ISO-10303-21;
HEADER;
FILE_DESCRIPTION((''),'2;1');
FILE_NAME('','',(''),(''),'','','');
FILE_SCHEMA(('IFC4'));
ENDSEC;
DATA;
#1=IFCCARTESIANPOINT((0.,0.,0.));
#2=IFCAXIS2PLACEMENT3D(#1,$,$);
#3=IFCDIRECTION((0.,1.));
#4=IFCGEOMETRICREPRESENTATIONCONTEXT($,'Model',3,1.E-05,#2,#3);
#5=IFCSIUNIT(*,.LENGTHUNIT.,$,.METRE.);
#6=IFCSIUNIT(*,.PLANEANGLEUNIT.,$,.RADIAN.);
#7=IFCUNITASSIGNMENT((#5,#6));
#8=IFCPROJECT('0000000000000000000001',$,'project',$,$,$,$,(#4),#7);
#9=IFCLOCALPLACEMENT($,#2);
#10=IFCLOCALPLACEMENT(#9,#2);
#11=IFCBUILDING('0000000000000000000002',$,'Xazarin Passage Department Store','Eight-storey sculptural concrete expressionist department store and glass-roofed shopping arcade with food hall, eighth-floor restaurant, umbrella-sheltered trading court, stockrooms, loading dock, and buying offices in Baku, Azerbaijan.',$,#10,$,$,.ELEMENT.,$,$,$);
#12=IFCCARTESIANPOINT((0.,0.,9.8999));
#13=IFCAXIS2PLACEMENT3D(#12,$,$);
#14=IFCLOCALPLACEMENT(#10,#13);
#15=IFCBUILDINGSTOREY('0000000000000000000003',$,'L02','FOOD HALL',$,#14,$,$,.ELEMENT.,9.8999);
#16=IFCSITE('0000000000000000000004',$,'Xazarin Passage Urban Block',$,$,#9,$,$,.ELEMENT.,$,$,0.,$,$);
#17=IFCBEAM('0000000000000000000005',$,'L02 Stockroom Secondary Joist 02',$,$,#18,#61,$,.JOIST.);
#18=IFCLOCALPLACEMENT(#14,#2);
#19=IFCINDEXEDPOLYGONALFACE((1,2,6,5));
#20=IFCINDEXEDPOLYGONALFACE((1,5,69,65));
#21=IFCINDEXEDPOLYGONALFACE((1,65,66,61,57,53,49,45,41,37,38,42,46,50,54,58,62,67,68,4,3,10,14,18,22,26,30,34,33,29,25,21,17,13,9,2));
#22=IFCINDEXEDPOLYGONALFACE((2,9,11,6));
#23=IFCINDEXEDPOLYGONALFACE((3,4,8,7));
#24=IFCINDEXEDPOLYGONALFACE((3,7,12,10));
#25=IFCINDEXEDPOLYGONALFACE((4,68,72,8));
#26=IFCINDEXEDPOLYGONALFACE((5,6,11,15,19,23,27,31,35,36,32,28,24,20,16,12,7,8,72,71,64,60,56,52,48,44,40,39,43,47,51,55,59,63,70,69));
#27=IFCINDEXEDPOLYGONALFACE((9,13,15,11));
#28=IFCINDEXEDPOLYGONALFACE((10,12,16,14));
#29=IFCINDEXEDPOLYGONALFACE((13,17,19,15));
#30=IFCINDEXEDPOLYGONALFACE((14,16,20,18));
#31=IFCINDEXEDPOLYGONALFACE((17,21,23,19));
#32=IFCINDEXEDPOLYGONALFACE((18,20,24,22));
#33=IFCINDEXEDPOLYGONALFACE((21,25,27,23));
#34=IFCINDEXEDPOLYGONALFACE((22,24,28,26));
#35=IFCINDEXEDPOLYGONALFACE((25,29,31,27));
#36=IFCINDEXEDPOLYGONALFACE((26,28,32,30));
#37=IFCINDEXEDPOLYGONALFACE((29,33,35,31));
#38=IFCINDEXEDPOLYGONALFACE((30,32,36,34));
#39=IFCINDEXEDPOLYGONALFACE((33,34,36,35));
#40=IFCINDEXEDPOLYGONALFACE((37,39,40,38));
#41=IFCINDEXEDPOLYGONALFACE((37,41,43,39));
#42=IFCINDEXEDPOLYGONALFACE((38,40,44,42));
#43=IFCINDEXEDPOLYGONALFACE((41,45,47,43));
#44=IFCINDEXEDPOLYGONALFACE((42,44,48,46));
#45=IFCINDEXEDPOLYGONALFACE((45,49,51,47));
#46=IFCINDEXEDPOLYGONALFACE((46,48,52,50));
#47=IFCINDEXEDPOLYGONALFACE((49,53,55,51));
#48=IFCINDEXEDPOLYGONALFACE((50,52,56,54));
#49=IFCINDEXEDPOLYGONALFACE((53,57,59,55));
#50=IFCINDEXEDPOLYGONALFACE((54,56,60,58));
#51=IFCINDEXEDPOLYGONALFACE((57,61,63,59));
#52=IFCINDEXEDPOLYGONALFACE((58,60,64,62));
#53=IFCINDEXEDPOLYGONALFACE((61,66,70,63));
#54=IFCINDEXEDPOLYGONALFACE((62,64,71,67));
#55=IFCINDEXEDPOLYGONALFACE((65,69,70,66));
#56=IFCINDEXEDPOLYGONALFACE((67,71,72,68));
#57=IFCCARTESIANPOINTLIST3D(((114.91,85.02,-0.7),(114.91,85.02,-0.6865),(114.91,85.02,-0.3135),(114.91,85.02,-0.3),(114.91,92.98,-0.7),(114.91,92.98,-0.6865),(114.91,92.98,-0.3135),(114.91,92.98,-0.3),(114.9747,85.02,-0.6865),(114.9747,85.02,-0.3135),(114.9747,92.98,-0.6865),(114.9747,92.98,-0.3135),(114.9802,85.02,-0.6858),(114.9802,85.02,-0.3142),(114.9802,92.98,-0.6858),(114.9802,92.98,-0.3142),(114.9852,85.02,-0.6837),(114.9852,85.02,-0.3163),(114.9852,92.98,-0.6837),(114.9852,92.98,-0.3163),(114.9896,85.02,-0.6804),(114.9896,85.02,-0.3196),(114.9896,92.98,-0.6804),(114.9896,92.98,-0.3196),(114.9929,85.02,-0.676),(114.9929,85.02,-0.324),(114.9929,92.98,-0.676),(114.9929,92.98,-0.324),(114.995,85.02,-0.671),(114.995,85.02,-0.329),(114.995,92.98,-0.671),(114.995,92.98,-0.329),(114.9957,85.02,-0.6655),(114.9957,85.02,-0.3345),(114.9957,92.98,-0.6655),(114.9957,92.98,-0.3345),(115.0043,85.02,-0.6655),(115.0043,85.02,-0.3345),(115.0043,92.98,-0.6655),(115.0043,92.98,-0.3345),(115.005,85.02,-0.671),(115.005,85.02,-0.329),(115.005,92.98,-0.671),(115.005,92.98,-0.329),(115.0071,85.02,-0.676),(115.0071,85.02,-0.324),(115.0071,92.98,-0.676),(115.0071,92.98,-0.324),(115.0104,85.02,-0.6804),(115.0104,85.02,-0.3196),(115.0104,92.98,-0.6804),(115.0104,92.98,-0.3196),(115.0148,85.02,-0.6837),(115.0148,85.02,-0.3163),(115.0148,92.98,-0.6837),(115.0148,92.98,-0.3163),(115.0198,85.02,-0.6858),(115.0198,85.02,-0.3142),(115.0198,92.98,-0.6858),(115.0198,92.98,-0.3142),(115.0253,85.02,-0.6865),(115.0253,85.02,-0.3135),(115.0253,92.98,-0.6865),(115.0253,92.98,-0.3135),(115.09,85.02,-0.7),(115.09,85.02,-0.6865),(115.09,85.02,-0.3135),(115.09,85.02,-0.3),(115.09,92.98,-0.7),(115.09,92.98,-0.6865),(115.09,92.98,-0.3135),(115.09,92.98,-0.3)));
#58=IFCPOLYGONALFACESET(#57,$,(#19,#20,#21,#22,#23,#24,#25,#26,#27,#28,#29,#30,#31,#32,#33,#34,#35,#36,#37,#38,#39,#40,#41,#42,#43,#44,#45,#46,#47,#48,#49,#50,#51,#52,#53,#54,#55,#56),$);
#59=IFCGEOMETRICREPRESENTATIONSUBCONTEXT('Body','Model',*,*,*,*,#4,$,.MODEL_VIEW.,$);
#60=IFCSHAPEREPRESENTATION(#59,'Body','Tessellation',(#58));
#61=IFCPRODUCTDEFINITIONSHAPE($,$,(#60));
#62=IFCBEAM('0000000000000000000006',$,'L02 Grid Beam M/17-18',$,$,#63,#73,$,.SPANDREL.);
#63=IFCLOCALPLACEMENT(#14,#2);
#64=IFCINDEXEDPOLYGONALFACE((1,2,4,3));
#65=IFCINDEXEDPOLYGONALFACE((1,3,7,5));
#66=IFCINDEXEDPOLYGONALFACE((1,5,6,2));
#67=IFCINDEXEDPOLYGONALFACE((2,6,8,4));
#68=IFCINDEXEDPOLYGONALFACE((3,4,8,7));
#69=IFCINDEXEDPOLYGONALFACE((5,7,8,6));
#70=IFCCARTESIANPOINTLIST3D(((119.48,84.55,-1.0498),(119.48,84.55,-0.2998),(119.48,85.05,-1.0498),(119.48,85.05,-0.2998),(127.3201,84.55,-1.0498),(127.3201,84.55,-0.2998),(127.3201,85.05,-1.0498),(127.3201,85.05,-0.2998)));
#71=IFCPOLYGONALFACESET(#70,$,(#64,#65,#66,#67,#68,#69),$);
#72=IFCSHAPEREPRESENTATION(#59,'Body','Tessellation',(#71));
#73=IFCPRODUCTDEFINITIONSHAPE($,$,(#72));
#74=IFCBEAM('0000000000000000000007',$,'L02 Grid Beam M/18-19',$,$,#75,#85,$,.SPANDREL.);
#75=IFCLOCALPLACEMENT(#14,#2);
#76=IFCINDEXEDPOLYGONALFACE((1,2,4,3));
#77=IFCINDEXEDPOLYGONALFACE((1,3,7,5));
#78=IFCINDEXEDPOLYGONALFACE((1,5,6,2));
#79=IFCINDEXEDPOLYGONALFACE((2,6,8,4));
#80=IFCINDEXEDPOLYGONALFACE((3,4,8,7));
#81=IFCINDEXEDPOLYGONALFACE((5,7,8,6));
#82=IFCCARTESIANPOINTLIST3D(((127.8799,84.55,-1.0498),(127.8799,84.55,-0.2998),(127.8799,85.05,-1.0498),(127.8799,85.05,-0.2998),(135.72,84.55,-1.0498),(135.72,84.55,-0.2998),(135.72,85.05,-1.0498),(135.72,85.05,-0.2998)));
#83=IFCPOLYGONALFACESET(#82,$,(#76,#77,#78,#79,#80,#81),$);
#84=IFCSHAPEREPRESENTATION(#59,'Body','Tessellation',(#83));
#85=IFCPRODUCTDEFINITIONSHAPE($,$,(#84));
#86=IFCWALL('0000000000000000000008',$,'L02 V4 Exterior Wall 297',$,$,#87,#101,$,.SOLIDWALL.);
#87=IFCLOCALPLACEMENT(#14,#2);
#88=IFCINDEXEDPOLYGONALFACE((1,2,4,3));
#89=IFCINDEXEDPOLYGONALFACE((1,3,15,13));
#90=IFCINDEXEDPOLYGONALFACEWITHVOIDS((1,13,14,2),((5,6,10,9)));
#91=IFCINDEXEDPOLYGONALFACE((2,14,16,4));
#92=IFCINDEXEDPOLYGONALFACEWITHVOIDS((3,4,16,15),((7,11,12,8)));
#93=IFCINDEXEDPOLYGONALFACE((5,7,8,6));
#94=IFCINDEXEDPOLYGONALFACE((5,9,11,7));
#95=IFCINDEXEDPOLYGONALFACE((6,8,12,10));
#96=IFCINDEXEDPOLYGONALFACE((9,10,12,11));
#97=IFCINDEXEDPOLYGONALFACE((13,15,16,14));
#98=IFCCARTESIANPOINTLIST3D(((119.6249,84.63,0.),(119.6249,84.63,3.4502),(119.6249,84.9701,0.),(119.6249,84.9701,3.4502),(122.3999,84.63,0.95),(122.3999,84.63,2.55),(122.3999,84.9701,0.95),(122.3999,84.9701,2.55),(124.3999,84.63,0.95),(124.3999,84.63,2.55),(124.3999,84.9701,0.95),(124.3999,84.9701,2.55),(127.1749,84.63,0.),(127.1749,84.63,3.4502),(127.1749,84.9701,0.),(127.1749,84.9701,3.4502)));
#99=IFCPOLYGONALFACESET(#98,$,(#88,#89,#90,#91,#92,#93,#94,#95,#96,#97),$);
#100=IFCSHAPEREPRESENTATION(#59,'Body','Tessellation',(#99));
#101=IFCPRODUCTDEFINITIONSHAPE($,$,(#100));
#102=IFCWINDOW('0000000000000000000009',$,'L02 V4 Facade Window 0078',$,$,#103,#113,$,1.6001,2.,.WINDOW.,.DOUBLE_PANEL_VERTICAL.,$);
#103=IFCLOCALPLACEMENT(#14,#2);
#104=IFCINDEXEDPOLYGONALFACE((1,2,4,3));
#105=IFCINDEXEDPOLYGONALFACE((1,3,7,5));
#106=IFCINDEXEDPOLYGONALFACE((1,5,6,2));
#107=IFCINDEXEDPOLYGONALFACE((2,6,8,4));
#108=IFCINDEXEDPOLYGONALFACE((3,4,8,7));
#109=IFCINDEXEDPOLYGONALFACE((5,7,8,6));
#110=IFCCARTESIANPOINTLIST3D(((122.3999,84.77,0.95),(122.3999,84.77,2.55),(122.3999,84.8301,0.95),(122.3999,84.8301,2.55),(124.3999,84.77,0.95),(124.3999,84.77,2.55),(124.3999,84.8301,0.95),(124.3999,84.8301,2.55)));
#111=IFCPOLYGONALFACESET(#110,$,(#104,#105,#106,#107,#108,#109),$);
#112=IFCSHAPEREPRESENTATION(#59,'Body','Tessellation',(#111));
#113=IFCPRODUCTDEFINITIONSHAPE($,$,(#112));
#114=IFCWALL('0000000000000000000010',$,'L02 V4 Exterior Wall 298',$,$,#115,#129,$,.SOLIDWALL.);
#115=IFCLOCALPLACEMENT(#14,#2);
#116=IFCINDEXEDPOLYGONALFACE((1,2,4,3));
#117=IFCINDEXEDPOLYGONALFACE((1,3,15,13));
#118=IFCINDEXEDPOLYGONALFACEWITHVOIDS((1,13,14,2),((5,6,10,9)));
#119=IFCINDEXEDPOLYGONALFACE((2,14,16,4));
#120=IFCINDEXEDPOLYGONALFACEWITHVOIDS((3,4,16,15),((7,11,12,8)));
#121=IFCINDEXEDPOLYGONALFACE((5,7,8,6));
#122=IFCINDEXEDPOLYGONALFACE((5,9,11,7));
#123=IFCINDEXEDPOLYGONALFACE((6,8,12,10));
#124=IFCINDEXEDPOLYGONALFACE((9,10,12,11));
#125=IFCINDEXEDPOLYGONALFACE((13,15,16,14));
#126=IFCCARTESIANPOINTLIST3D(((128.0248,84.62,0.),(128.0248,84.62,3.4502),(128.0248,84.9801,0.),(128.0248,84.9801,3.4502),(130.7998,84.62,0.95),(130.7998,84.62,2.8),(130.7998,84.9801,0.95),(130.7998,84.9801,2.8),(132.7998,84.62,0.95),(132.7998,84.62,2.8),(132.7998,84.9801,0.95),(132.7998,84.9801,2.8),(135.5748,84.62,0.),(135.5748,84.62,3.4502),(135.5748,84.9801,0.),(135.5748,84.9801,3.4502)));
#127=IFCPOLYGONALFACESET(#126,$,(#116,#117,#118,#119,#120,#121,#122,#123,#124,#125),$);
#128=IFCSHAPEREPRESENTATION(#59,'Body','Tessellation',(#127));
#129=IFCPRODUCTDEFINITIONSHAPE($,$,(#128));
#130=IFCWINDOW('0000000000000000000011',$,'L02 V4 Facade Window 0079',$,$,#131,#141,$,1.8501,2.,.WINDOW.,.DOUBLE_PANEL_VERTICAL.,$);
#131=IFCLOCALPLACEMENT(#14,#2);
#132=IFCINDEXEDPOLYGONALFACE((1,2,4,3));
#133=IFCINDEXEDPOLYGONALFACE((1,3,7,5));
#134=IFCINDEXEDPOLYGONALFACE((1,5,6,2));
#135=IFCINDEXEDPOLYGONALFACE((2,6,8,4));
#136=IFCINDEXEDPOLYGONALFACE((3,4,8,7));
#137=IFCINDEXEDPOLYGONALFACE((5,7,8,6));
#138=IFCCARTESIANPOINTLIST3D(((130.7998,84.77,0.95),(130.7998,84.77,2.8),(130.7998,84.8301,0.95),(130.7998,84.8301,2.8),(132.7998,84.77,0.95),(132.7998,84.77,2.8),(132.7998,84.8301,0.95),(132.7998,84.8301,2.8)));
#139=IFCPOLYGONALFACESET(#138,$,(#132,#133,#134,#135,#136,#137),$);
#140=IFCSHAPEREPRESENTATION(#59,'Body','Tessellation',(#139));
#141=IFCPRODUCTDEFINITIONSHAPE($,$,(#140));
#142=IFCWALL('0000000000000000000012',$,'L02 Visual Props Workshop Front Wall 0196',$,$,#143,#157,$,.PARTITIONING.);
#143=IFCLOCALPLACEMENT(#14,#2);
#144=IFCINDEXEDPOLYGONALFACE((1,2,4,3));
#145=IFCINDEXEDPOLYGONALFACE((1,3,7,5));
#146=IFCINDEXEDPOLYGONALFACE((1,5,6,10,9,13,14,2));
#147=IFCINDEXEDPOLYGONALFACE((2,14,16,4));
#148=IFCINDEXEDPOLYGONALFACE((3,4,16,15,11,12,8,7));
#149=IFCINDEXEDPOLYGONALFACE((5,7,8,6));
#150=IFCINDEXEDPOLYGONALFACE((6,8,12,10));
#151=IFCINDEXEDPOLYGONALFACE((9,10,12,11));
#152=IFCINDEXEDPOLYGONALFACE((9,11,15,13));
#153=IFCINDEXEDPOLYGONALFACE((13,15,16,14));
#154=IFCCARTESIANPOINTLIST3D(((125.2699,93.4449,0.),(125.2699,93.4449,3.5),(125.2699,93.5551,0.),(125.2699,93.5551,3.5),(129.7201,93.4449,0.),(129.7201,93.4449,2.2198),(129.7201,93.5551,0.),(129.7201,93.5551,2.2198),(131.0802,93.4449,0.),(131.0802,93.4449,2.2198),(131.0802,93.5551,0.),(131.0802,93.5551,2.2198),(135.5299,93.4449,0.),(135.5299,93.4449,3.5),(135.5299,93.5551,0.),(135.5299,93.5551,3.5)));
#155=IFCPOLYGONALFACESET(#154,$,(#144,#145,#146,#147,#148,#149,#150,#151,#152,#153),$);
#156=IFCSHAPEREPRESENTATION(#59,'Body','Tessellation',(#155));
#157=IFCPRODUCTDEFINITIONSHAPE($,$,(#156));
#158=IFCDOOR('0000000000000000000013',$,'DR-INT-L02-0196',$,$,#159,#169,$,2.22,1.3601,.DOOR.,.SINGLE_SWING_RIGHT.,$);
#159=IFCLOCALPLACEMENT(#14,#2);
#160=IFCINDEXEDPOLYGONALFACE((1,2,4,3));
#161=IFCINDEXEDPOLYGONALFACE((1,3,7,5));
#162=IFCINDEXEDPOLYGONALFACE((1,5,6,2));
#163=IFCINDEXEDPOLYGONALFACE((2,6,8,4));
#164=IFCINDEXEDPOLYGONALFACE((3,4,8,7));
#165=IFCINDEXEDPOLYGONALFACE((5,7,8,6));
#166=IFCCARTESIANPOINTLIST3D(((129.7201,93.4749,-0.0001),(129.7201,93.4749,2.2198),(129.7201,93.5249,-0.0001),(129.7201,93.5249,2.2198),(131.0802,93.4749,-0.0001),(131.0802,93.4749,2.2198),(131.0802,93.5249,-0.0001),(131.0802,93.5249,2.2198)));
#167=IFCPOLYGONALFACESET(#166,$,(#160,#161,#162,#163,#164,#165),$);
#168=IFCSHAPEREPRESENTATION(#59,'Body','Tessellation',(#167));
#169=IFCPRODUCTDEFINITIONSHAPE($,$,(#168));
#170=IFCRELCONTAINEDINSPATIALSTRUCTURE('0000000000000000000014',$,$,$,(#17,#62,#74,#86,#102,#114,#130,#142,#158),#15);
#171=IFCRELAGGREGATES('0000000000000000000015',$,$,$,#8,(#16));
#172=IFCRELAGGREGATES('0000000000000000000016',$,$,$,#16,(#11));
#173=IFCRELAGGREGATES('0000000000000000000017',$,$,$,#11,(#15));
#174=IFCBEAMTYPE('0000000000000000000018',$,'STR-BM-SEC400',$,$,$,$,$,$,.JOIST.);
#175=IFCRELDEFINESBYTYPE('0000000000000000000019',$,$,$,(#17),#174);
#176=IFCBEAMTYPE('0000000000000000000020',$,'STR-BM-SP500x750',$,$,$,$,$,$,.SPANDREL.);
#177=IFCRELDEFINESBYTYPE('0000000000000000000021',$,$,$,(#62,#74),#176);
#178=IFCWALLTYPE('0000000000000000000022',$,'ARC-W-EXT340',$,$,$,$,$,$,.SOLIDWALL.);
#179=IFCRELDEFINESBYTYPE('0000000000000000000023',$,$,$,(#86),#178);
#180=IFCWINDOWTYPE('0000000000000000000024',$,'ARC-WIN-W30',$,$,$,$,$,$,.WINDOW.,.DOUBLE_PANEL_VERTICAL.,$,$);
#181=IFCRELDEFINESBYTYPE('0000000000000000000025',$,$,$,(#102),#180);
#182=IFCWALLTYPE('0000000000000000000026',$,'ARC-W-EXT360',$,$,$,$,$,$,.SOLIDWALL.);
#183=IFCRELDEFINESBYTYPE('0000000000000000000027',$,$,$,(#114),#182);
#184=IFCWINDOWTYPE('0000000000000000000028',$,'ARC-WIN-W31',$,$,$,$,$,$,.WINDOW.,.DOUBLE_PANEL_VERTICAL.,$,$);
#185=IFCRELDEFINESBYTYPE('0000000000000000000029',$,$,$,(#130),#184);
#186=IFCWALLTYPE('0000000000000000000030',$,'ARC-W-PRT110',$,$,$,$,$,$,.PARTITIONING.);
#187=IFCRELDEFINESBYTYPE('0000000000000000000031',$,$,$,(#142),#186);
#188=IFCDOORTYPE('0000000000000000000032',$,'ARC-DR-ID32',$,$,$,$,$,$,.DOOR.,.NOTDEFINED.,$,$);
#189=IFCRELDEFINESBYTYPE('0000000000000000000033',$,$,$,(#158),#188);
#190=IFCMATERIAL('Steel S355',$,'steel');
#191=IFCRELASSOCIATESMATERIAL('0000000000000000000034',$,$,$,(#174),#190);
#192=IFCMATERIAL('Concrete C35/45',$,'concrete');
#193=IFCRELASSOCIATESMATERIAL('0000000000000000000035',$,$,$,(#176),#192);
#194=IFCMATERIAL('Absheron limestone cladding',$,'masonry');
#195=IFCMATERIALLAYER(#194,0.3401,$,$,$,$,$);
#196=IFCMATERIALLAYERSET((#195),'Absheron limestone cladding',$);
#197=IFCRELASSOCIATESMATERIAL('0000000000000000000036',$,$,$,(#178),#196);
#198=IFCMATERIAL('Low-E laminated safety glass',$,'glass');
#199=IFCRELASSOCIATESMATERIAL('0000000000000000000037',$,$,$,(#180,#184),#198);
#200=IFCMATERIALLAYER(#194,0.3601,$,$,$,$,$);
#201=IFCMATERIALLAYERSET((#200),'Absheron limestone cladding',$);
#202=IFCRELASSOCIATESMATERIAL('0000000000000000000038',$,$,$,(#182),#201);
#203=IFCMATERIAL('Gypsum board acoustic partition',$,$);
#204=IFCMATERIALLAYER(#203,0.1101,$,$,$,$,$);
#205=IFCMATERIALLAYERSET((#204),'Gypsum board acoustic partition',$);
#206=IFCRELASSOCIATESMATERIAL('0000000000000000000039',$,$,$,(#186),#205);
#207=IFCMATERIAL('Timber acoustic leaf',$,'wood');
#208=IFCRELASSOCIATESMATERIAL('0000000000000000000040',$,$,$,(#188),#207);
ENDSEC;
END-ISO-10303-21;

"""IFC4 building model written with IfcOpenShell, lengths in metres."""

from ifc_helpers import new_model, si_unit, direction, frame, frame_2d, origin, origin_2d, place, context, subcontext, project, spatial, rectangle, i_section, extrude, material, layer, layer_set, material_profile, profile_set, type_object, element, fill, save


model = new_model("IFC4")

# Units and contexts
model_context = context("Model", 3, precision=1e-05, world=origin(), true_north=direction((0.0, 1.0)))
body_context = subcontext(model_context, "Body", "Model", "MODEL_VIEW")
ifc_project = project(units=[si_unit("LENGTHUNIT", "METRE"), si_unit("PLANEANGLEUNIT", "RADIAN")], contexts=[model_context])

# Site, building, storey
site_placement = place(None, origin())
site = spatial("IfcSite", under=ifc_project, at=site_placement, Name="Xazarin Passage Urban Block", CompositionType="ELEMENT", RefElevation=0.0)
building_placement = place(site_placement, origin())
building = spatial("IfcBuilding", under=site, at=building_placement, Name="Xazarin Passage Department Store", Description="Eight-storey sculptural concrete expressionist department store and glass-roofed shopping arcade with food hall, eighth-floor restaurant, umbrella-sheltered trading court, stockrooms, loading dock, and buying offices in Baku, Azerbaijan.", CompositionType="ELEMENT")
storey_placement = place(building_placement, frame((0.0, 0.0, 9.8999)))
storey = spatial("IfcBuildingStorey", under=building, at=storey_placement, Name="L02", Description="FOOD HALL", CompositionType="ELEMENT", Elevation=9.8999)

# Beams
ifc_material_1 = material(Name="Concrete C35/45", Category="concrete")
ifc_material_2 = material(Name="Steel S355", Category="steel")
ifc_material_profile_1 = material_profile(ifc_material_2, i_section(OverallWidth=0.1799, OverallDepth=0.3999, WebThickness=0.0085, FlangeThickness=0.0134, FilletRadius=0.021, at=origin_2d()), Name="IPE 400")
ifc_profile_set_1 = profile_set([ifc_material_profile_1], Name="Steel S355")
beam_type_1 = type_object("IfcBeamType", Name="STR-BM-SEC400", PredefinedType="JOIST", material=ifc_profile_set_1)
beam_1_placement = place(storey_placement, frame((115.0, 85.02, -0.5), z_axis=(0.0, 1.0, 0.0), x_axis=(-1.0, 0.0, 0.0)))
element("IfcBeam", 1, at=beam_1_placement, inside=storey, type_object=beam_type_1, Name="L02 Stockroom Secondary Joist 02", PredefinedType="JOIST", context=body_context, shape_type="SweptSolid", body=[
    extrude(i_section(OverallWidth=0.1799, OverallDepth=0.3999, WebThickness=0.0085, FlangeThickness=0.0134, FilletRadius=0.021, at=origin_2d()), origin(), (0.0, 0.0, 1.0), 7.96),
])
ifc_material_profile_2 = material_profile(ifc_material_1, rectangle(XDim=0.5, YDim=0.75, at=origin_2d()), Name="RC 500x750")
ifc_profile_set_2 = profile_set([ifc_material_profile_2], Name="Concrete C35/45")
beam_type_2 = type_object("IfcBeamType", Name="STR-BM-SP500x750", PredefinedType="SPANDREL", material=ifc_profile_set_2)
for number, where, z_axis, x_axis, name in (
    (2, (119.48, 84.8, -0.6748), (1.0, 0.0, 0.0), (0.0, 1.0, 0.0), "L02 Grid Beam M/17-18"),
    (3, (127.8799, 84.8, -0.6748), (1.0, 0.0, 0.0), (0.0, 1.0, 0.0), "L02 Grid Beam M/18-19"),
):
    element("IfcBeam", number, at=place(storey_placement, frame(where, z_axis=z_axis, x_axis=x_axis)), inside=storey, type_object=beam_type_2, Name=name, PredefinedType="SPANDREL", context=body_context, shape_type="SweptSolid", body=[
        extrude(rectangle(XDim=0.5, YDim=0.75, at=origin_2d()), origin(), (0.0, 0.0, 1.0), 7.8401),
    ])

# Walls, openings, windows
ifc_material_3 = material(Name="Absheron limestone cladding", Category="masonry")
ifc_layer_1 = layer(ifc_material_3, 0.3401)
ifc_layer_set_1 = layer_set([ifc_layer_1], Name="Absheron limestone cladding")
wall_type_1 = type_object("IfcWallType", Name="ARC-W-EXT340", PredefinedType="SOLIDWALL", material=ifc_layer_set_1)
wall_1_placement = place(storey_placement, frame((119.625, 84.8, 0.0), z_axis=(0.0, 0.0, 1.0), x_axis=(1.0, 0.0, 0.0)))
wall_1 = element("IfcWall", 4, at=wall_1_placement, inside=storey, type_object=wall_type_1, Name="L02 V4 Exterior Wall 297", PredefinedType="SOLIDWALL", context=body_context, shape_type="SweptSolid", body=[
    extrude(rectangle(XDim=7.55, YDim=0.3401, at=frame_2d((3.7749, 0.0))), origin(), (0.0, 0.0, 1.0), 3.4502),
])
opening_1_placement = place(wall_1_placement, frame((2.7749, 0.0, 0.95)))
opening_1 = element("IfcOpeningElement", 5, at=opening_1_placement, cuts=wall_1, PredefinedType="OPENING", context=body_context, shape_type="SweptSolid", body=[
    extrude(rectangle(XDim=2.0, YDim=1.6001, at=frame_2d((1.0, 0.8))), frame((0.0, 0.1799, 0.0), z_axis=(0.0, -1.0, 0.0), x_axis=(1.0, 0.0, 0.0)), (0.0, 0.0, 1.0), 0.3601),
])
ifc_material_4 = material(Name="Low-E laminated safety glass", Category="glass")
window_type_1 = type_object("IfcWindowType", Name="ARC-WIN-W30", PartitioningType="DOUBLE_PANEL_VERTICAL", PredefinedType="WINDOW", material=ifc_material_4)
window_1_placement = place(opening_1_placement, origin())
window_1 = element("IfcWindow", 6, at=window_1_placement, inside=storey, type_object=window_type_1, Name="L02 V4 Facade Window 0078", OverallHeight=1.6001, OverallWidth=2.0, PartitioningType="DOUBLE_PANEL_VERTICAL", PredefinedType="WINDOW", context=body_context, shape_type="SweptSolid", body=[
    extrude(rectangle(XDim=2.0, YDim=1.6001, at=frame_2d((1.0, 0.8))), frame((0.0, 0.03, 0.0), z_axis=(0.0, -1.0, 0.0), x_axis=(1.0, 0.0, 0.0)), (0.0, 0.0, 1.0), 0.0601),
])
fill(opening_1, window_1)
ifc_layer_2 = layer(ifc_material_3, 0.3601)
ifc_layer_set_2 = layer_set([ifc_layer_2], Name="Absheron limestone cladding")
wall_type_2 = type_object("IfcWallType", Name="ARC-W-EXT360", PredefinedType="SOLIDWALL", material=ifc_layer_set_2)
wall_2_placement = place(storey_placement, frame((128.0249, 84.8, 0.0), z_axis=(0.0, 0.0, 1.0), x_axis=(1.0, 0.0, 0.0)))
wall_2 = element("IfcWall", 7, at=wall_2_placement, inside=storey, type_object=wall_type_2, Name="L02 V4 Exterior Wall 298", PredefinedType="SOLIDWALL", context=body_context, shape_type="SweptSolid", body=[
    extrude(rectangle(XDim=7.55, YDim=0.3601, at=frame_2d((3.7749, 0.0))), origin(), (0.0, 0.0, 1.0), 3.4502),
])
opening_2_placement = place(wall_2_placement, frame((2.7749, 0.0, 0.95)))
opening_2 = element("IfcOpeningElement", 8, at=opening_2_placement, cuts=wall_2, PredefinedType="OPENING", context=body_context, shape_type="SweptSolid", body=[
    extrude(rectangle(XDim=2.0, YDim=1.8501, at=frame_2d((1.0, 0.925))), frame((0.0, 0.1899, 0.0), z_axis=(0.0, -1.0, 0.0), x_axis=(1.0, 0.0, 0.0)), (0.0, 0.0, 1.0), 0.3801),
])
window_type_2 = type_object("IfcWindowType", Name="ARC-WIN-W31", PartitioningType="DOUBLE_PANEL_VERTICAL", PredefinedType="WINDOW", material=ifc_material_4)
window_2_placement = place(opening_2_placement, origin())
window_2 = element("IfcWindow", 9, at=window_2_placement, inside=storey, type_object=window_type_2, Name="L02 V4 Facade Window 0079", OverallHeight=1.8501, OverallWidth=2.0, PartitioningType="DOUBLE_PANEL_VERTICAL", PredefinedType="WINDOW", context=body_context, shape_type="SweptSolid", body=[
    extrude(rectangle(XDim=2.0, YDim=1.8501, at=frame_2d((1.0, 0.925))), frame((0.0, 0.03, 0.0), z_axis=(0.0, -1.0, 0.0), x_axis=(1.0, 0.0, 0.0)), (0.0, 0.0, 1.0), 0.0601),
])
fill(opening_2, window_2)

# Wall, opening, door
ifc_material_5 = material(Name="Gypsum board acoustic partition")
ifc_layer_3 = layer(ifc_material_5, 0.1101)
ifc_layer_set_3 = layer_set([ifc_layer_3], Name="Gypsum board acoustic partition")
wall_type_3 = type_object("IfcWallType", Name="ARC-W-PRT110", PredefinedType="PARTITIONING", material=ifc_layer_set_3)
wall_3_placement = place(storey_placement, frame((125.27, 93.5, 0.0), z_axis=(0.0, 0.0, 1.0), x_axis=(1.0, 0.0, 0.0)))
wall_3 = element("IfcWall", 10, at=wall_3_placement, inside=storey, type_object=wall_type_3, Name="L02 Visual Props Workshop Front Wall 0196", PredefinedType="PARTITIONING", context=body_context, shape_type="SweptSolid", body=[
    extrude(rectangle(XDim=10.26, YDim=0.1101, at=frame_2d((5.1299, 0.0))), origin(), (0.0, 0.0, 1.0), 3.5),
])
opening_3_placement = place(wall_3_placement, frame((4.45, 0.0, 0.0)))
opening_3 = element("IfcOpeningElement", 11, at=opening_3_placement, cuts=wall_3, PredefinedType="OPENING", context=body_context, shape_type="SweptSolid", body=[
    extrude(rectangle(XDim=1.3601, YDim=2.22, at=frame_2d((0.6802, 1.1099))), frame((0.0, 0.0649, 0.0), z_axis=(0.0, -1.0, 0.0), x_axis=(1.0, 0.0, 0.0)), (0.0, 0.0, 1.0), 0.1301),
])
ifc_material_6 = material(Name="Timber acoustic leaf", Category="wood")
door_type_1 = type_object("IfcDoorType", Name="ARC-DR-ID32", OperationType="NOTDEFINED", PredefinedType="DOOR", material=ifc_material_6)
door_1_placement = place(opening_3_placement, origin())
door_1 = element("IfcDoor", 12, at=door_1_placement, inside=storey, type_object=door_type_1, Name="DR-INT-L02-0196", OperationType="SINGLE_SWING_RIGHT", OverallHeight=2.22, OverallWidth=1.3601, PredefinedType="DOOR", context=body_context, shape_type="SweptSolid", body=[
    extrude(rectangle(XDim=1.3601, YDim=2.22, at=frame_2d((0.6802, 1.1099))), frame((0.0, 0.0249, 0.0), z_axis=(0.0, -1.0, 0.0), x_axis=(1.0, 0.0, 0.0)), (0.0, 0.0, 1.0), 0.05),
])
fill(opening_3, door_1)

save(model, "model.ifc")
